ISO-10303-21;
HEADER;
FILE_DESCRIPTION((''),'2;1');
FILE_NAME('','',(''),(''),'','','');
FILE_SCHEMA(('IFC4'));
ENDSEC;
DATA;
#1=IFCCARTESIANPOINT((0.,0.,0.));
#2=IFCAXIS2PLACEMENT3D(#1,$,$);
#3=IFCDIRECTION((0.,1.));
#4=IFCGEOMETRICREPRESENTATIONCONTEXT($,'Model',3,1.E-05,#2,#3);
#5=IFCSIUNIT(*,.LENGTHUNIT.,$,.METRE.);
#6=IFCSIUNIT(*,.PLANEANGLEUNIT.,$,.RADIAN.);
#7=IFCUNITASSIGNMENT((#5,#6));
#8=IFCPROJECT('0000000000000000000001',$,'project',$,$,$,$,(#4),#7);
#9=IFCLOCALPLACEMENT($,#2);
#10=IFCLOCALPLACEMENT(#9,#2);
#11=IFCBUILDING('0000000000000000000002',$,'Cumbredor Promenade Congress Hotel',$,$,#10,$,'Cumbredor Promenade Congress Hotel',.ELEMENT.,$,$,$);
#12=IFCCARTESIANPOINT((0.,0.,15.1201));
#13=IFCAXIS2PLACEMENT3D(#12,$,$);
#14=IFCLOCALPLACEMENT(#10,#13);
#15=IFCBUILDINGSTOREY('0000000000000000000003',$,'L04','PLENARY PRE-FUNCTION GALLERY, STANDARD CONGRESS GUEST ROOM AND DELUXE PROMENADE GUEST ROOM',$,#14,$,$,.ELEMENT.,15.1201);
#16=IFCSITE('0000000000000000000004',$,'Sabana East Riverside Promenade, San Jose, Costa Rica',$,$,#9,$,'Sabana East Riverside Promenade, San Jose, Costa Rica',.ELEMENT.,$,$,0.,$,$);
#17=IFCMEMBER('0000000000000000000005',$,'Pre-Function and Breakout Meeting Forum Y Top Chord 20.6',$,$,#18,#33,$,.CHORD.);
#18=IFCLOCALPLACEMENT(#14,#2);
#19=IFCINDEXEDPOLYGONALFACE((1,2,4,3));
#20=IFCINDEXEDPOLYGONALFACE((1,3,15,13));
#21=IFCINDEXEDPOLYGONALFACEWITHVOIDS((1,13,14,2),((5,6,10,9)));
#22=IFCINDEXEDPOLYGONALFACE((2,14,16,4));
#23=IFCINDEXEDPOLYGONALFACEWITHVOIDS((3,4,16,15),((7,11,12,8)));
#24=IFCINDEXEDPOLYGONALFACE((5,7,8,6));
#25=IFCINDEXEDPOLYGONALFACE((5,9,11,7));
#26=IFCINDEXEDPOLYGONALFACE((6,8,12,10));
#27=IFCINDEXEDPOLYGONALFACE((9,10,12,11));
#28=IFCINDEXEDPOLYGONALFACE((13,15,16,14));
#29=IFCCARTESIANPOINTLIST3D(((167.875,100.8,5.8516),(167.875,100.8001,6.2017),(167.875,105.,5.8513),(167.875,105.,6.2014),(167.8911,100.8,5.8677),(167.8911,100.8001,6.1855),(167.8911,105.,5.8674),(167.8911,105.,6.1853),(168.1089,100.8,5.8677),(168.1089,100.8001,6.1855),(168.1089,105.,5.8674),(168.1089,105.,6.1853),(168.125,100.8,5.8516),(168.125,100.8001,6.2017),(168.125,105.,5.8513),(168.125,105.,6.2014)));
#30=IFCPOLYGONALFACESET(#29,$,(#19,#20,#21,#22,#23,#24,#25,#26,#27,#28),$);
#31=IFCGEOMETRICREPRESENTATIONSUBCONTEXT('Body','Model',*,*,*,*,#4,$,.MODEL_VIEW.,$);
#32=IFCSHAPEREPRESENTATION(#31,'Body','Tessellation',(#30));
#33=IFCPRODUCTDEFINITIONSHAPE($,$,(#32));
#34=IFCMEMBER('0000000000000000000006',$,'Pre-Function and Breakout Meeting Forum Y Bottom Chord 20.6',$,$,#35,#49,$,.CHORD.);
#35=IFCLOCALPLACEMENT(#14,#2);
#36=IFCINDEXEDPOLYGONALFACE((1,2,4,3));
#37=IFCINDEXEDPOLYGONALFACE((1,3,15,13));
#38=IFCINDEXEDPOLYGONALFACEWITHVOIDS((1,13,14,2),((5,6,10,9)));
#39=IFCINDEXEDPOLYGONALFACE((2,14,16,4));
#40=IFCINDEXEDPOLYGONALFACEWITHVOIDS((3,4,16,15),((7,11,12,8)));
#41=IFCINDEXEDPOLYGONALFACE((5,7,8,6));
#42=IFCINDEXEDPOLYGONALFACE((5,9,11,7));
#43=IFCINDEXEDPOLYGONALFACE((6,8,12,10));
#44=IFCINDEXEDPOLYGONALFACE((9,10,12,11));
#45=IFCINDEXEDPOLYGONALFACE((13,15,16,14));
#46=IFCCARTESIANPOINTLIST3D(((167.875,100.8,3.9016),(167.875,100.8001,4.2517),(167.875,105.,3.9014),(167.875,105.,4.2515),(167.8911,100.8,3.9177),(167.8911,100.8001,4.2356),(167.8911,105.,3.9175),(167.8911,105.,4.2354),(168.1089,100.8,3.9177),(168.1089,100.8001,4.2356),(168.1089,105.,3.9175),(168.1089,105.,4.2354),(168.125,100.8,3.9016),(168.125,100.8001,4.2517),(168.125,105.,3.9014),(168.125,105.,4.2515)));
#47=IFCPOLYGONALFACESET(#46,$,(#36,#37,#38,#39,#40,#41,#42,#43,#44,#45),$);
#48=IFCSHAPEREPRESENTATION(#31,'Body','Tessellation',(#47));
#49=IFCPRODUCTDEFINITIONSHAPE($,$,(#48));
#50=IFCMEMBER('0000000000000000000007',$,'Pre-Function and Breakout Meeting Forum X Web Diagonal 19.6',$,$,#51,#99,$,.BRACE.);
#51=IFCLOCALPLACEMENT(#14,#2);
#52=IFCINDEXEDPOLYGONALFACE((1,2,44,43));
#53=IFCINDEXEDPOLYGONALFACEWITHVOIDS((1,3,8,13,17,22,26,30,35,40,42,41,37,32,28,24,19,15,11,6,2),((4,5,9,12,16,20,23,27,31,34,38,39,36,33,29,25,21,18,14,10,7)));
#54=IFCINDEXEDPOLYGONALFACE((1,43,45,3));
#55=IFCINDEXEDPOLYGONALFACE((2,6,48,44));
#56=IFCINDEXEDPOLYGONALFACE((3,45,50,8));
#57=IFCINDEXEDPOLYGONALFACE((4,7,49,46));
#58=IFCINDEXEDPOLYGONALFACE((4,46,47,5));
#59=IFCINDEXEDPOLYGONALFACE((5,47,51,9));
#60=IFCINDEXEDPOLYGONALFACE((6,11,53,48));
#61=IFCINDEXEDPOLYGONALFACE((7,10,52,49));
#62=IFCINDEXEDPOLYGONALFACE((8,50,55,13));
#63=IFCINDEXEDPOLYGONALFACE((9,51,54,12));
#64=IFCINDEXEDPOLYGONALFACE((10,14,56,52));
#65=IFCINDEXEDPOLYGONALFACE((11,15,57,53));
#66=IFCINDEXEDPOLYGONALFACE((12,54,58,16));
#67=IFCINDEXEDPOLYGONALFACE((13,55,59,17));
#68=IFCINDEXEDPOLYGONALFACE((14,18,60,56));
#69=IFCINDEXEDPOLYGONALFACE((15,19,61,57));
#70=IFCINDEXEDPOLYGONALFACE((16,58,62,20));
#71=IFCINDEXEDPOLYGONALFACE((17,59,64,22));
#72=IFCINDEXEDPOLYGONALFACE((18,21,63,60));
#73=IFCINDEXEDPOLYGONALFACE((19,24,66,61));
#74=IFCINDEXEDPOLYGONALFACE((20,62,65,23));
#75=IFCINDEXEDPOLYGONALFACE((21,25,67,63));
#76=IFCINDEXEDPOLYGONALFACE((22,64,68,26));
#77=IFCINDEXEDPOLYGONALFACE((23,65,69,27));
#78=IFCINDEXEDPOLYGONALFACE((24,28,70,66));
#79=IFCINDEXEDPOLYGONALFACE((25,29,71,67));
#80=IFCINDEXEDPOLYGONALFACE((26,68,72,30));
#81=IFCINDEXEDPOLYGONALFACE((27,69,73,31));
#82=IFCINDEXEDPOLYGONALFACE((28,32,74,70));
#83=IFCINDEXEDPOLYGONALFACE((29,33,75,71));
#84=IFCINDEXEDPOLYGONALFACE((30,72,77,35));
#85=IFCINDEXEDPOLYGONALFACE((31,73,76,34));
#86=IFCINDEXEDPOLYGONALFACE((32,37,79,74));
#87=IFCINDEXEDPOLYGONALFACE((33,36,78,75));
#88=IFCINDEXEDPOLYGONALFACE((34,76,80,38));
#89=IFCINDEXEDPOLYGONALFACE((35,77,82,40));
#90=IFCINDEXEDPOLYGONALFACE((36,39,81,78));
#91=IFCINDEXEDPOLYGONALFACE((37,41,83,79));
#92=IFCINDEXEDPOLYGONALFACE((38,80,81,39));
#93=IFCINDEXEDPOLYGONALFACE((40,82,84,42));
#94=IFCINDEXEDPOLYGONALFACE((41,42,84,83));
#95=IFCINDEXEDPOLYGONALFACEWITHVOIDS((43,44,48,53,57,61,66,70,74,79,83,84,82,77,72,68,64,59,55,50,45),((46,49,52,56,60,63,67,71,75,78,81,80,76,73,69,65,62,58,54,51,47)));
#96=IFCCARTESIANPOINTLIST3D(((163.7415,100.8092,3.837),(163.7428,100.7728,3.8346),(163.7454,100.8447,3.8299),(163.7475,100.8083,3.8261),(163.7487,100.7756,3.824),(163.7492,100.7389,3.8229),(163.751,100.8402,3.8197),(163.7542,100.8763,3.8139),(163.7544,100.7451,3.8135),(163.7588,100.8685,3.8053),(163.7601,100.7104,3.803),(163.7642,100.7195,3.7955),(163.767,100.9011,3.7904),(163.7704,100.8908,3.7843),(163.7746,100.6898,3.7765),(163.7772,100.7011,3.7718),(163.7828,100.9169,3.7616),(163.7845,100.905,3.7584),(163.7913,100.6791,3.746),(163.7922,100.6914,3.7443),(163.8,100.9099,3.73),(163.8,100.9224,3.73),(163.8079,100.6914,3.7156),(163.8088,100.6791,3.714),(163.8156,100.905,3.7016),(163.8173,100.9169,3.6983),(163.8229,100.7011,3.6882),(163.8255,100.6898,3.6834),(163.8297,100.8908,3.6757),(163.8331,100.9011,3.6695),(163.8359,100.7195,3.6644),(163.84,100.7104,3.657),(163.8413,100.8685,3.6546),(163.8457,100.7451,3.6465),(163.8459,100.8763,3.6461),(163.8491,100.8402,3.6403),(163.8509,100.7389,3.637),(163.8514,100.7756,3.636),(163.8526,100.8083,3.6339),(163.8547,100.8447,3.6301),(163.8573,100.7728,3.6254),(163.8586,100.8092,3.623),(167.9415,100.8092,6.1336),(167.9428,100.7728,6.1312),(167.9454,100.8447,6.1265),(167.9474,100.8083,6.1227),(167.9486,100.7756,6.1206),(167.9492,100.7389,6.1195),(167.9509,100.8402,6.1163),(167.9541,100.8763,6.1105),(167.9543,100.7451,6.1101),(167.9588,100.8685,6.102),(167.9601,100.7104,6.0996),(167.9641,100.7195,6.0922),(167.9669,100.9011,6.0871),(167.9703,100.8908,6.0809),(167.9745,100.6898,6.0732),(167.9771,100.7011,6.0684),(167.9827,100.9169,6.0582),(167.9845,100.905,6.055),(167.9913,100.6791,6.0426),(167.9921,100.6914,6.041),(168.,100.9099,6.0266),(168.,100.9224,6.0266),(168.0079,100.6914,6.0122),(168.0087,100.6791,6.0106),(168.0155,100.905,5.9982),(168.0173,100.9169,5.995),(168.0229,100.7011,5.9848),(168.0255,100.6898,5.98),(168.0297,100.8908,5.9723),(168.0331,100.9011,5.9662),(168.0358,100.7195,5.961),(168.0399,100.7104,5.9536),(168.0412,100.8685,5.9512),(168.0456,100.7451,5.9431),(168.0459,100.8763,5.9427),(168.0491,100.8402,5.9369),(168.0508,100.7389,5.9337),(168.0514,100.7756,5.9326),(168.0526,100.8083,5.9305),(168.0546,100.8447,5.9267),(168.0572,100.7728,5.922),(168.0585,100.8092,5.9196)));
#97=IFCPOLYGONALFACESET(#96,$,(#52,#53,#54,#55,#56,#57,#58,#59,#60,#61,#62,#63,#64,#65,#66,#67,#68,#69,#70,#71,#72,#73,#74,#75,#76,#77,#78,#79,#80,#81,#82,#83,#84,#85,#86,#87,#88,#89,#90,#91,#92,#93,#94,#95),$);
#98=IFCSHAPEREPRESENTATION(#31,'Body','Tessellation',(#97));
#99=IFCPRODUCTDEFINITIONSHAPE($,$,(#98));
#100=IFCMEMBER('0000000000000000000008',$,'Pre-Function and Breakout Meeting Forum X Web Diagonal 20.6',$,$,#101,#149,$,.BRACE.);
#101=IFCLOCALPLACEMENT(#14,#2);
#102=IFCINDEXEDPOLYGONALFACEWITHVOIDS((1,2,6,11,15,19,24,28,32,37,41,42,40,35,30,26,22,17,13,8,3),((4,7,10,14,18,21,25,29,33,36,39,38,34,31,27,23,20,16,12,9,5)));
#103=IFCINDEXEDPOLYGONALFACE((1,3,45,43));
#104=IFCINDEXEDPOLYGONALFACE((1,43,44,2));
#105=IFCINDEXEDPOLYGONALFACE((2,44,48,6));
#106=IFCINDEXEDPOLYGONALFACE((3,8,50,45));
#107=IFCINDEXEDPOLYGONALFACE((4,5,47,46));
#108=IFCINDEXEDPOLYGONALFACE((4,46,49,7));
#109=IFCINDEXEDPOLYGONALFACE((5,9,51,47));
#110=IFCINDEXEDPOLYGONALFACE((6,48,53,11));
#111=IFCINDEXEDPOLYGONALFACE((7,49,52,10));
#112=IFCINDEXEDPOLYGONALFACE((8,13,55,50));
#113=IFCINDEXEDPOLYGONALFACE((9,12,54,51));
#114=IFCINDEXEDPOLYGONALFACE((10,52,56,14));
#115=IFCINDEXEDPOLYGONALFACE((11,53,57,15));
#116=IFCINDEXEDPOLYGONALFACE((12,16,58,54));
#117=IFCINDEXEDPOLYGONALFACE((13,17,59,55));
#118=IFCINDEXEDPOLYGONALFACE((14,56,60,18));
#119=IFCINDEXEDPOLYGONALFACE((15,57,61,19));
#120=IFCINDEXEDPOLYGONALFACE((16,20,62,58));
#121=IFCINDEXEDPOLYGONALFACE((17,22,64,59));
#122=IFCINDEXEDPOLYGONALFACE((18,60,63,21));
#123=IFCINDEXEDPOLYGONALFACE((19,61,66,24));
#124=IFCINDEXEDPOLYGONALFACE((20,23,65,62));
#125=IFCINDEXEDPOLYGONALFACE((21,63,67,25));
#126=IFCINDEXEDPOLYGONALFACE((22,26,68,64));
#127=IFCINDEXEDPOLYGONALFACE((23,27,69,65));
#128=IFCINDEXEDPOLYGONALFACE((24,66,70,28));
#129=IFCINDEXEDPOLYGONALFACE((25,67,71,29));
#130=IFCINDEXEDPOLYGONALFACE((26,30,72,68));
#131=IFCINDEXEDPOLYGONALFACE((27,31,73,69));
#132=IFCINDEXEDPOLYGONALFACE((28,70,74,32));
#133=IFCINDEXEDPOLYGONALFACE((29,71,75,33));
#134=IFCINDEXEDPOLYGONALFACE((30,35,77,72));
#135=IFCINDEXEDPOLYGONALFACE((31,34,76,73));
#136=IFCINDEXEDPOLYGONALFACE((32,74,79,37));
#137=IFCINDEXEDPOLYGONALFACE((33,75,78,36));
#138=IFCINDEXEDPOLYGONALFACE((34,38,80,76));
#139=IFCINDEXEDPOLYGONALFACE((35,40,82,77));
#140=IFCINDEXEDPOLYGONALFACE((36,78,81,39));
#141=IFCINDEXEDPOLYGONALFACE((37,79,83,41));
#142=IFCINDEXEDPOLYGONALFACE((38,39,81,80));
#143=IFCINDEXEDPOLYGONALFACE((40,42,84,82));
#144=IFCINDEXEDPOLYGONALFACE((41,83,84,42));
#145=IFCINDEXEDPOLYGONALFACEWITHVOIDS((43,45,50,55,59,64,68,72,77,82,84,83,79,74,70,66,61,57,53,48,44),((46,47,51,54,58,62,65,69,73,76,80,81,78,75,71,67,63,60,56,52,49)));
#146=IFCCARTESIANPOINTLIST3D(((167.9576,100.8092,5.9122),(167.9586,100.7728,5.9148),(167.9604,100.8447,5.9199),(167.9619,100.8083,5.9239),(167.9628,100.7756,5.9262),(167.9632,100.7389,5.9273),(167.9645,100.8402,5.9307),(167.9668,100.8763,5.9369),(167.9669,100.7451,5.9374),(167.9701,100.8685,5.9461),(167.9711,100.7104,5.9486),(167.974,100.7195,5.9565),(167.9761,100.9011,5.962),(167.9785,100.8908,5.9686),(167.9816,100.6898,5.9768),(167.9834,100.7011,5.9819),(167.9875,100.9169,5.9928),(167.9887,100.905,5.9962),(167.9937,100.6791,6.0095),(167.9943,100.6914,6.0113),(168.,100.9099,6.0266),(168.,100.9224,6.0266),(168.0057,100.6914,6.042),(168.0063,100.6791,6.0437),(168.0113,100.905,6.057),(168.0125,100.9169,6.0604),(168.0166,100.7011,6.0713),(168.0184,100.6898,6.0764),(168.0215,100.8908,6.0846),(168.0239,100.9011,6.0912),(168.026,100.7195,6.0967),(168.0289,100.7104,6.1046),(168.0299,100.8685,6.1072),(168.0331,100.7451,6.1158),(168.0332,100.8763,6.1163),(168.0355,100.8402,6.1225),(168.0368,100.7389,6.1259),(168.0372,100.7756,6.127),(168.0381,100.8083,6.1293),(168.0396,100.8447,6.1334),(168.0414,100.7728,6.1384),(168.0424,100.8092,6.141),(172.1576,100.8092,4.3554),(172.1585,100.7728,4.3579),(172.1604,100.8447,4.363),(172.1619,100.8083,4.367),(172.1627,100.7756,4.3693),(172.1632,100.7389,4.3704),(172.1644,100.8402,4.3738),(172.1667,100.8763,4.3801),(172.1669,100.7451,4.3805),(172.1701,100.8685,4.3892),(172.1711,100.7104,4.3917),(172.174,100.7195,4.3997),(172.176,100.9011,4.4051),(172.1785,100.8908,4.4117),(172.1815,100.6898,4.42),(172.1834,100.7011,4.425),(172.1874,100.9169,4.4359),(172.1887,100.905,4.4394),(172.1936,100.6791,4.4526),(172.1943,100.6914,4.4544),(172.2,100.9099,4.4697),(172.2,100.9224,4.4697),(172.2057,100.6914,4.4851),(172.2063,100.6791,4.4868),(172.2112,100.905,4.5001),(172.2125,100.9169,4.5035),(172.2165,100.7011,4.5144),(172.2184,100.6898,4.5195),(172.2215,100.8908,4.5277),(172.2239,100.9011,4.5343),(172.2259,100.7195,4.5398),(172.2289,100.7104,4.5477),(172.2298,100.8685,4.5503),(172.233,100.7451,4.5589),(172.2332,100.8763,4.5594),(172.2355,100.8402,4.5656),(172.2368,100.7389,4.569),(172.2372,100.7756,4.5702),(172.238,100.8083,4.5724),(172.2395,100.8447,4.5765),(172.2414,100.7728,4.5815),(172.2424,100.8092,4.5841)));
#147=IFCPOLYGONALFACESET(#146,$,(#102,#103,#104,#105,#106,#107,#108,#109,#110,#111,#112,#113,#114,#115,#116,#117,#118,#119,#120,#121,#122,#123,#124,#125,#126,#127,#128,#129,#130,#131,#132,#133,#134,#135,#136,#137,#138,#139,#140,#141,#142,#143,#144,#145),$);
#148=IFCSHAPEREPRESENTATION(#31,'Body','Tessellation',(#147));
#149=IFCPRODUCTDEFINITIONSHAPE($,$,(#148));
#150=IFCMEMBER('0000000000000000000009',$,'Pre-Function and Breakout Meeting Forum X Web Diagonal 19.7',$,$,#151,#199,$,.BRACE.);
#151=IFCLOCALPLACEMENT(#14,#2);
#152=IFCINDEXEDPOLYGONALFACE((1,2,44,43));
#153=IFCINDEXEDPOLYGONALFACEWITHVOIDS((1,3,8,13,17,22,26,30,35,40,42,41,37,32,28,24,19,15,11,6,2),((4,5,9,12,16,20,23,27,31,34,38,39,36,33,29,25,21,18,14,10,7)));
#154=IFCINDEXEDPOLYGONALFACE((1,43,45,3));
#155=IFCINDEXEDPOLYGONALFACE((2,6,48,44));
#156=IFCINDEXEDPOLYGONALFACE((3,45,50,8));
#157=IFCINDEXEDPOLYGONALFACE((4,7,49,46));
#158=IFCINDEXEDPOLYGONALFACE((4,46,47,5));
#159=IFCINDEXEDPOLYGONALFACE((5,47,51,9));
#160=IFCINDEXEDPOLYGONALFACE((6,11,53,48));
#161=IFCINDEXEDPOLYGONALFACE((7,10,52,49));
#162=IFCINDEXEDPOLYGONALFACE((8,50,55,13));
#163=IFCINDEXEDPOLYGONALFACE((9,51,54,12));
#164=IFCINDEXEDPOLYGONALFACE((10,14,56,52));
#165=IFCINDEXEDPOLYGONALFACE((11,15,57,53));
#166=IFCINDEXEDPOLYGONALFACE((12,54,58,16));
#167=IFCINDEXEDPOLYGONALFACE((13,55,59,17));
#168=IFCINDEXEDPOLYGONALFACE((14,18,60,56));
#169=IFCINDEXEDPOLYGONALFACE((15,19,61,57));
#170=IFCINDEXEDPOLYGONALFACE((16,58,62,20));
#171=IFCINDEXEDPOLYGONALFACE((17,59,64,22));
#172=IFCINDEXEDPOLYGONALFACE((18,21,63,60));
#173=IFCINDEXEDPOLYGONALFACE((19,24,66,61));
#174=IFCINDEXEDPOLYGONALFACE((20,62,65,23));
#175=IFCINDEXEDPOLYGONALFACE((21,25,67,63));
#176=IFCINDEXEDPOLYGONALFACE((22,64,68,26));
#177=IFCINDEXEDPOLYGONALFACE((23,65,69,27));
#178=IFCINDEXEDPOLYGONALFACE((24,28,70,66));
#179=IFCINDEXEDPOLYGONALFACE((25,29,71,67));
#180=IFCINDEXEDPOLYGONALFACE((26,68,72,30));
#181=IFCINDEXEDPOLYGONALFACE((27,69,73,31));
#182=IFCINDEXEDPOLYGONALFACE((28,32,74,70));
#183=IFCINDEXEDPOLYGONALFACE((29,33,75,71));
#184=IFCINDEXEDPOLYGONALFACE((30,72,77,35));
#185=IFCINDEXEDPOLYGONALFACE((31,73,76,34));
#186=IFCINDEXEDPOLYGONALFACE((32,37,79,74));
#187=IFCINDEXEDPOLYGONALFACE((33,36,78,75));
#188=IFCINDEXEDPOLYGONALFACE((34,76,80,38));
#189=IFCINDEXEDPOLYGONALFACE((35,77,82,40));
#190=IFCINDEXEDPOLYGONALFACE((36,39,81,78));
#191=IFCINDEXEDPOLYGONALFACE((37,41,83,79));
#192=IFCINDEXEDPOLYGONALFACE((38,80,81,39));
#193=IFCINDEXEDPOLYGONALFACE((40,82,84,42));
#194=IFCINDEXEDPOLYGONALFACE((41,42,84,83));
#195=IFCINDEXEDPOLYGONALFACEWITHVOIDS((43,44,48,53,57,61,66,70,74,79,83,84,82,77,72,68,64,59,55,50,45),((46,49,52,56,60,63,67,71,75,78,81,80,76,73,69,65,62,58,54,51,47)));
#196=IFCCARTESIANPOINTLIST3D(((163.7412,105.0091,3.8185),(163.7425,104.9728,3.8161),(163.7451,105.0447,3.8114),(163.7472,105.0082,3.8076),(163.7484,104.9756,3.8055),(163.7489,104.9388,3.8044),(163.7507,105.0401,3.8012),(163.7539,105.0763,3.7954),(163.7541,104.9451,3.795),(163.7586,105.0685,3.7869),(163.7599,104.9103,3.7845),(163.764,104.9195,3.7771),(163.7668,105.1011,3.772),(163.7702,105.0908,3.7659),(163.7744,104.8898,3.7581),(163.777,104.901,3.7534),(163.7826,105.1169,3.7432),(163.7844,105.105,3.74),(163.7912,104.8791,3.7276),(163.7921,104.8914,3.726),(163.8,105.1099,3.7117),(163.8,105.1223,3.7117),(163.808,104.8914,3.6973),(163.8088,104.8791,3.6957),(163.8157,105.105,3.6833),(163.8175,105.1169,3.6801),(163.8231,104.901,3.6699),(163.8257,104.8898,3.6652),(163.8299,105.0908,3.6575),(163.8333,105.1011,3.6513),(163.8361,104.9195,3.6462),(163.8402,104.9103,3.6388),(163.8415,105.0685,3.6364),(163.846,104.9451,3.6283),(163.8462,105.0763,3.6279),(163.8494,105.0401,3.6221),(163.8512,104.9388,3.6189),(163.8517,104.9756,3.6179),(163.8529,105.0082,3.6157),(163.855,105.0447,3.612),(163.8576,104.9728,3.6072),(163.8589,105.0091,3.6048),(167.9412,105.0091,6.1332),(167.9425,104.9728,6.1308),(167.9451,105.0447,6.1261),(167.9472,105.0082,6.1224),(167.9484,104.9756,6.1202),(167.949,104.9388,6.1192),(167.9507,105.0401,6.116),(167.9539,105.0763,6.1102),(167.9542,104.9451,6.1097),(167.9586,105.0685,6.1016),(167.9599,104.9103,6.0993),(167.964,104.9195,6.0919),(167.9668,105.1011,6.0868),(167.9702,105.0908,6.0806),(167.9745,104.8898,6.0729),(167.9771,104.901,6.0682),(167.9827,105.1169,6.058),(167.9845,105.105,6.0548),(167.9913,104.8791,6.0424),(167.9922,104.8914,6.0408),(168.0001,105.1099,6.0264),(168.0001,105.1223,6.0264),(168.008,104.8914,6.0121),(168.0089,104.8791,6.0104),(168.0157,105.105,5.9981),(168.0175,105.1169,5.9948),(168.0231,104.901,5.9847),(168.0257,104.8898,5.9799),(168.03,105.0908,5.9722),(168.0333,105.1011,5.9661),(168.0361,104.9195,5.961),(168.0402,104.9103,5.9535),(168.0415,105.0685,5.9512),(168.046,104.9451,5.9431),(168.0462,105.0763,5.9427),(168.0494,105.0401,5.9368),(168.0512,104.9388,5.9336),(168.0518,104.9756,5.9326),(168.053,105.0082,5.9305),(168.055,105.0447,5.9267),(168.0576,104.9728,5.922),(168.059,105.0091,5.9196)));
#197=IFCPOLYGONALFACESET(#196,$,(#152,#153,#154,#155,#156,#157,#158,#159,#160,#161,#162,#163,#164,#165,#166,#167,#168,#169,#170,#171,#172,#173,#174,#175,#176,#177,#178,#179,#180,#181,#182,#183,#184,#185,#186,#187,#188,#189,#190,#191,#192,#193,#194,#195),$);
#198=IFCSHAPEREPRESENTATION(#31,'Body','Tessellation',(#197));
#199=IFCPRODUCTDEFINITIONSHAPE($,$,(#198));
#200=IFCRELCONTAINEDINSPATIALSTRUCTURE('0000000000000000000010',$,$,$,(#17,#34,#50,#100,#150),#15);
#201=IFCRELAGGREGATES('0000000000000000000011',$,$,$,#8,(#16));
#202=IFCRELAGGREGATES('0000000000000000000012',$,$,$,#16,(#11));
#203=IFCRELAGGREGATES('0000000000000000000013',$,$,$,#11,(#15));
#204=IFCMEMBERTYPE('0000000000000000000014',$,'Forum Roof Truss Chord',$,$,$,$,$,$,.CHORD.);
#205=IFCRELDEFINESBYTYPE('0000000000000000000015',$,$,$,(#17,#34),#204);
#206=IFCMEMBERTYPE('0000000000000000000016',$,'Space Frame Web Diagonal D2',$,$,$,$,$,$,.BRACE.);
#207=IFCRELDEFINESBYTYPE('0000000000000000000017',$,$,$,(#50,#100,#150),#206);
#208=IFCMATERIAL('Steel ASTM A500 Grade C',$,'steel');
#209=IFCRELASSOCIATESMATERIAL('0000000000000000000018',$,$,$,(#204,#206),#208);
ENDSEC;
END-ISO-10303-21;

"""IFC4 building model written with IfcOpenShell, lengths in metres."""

from ifc_helpers import new_model, si_unit, direction, frame, origin, origin_2d, place, context, subcontext, project, spatial, hollow_rectangle, hollow_circle, extrude, material, material_profile, profile_set, type_object, element, save


model = new_model("IFC4")

# Units and contexts
model_context = context("Model", 3, precision=1e-05, world=origin(), true_north=direction((0.0, 1.0)))
body_context = subcontext(model_context, "Body", "Model", "MODEL_VIEW")
ifc_project = project(units=[si_unit("LENGTHUNIT", "METRE"), si_unit("PLANEANGLEUNIT", "RADIAN")], contexts=[model_context])

# Site, building, storey
site_placement = place(None, origin())
site = spatial("IfcSite", under=ifc_project, at=site_placement, Name="Sabana East Riverside Promenade, San Jose, Costa Rica", LongName="Sabana East Riverside Promenade, San Jose, Costa Rica", CompositionType="ELEMENT", RefElevation=0.0)
building_placement = place(site_placement, origin())
building = spatial("IfcBuilding", under=site, at=building_placement, Name="Cumbredor Promenade Congress Hotel", LongName="Cumbredor Promenade Congress Hotel", CompositionType="ELEMENT")
storey_placement = place(building_placement, frame((0.0, 0.0, 15.1201)))
storey = spatial("IfcBuildingStorey", under=building, at=storey_placement, Name="L04", Description="PLENARY PRE-FUNCTION GALLERY, STANDARD CONGRESS GUEST ROOM AND DELUXE PROMENADE GUEST ROOM", CompositionType="ELEMENT", Elevation=15.1201)

# Members
ifc_material_1 = material(Name="Steel ASTM A500 Grade C", Category="steel")
ifc_material_profile_1 = material_profile(ifc_material_1, hollow_rectangle(XDim=0.25, YDim=0.3501, WallThickness=0.0161, at=origin_2d()), Name="HSS 350x250x16")
ifc_profile_set_1 = profile_set([ifc_material_profile_1], Name="Steel ASTM A500 Grade C")
member_type_1 = type_object("IfcMemberType", Name="Forum Roof Truss Chord", PredefinedType="CHORD", material=ifc_profile_set_1)
for number, where, z_axis, x_axis, name in (
    (1, (168.0, 100.8, 6.0266), (0.0, 1.0, -0.000058), (-1.0, 0.0, 0.0), "Pre-Function and Breakout Meeting Forum Y Top Chord 20.6"),
    (2, (168.0, 100.8, 4.0767), (0.0, 1.0, -0.000058), (-1.0, 0.0, 0.0), "Pre-Function and Breakout Meeting Forum Y Bottom Chord 20.6"),
):
    element("IfcMember", number, at=place(storey_placement, frame(where, z_axis=z_axis, x_axis=x_axis)), inside=storey, type_object=member_type_1, Name=name, PredefinedType="CHORD", context=body_context, shape_type="SweptSolid", body=[
        extrude(hollow_rectangle(XDim=0.25, YDim=0.3501, WallThickness=0.0161, at=origin_2d()), origin(), (0.0, 0.0, 1.0), 4.2),
    ])
ifc_material_profile_2 = material_profile(ifc_material_1, hollow_circle(Radius=0.1223, WallThickness=0.0125, at=origin_2d()), Name="CHS 244.5x12.5")
ifc_profile_set_2 = profile_set([ifc_material_profile_2], Name="Steel ASTM A500 Grade C")
member_type_2 = type_object("IfcMemberType", Name="Space Frame Web Diagonal D2", PredefinedType="BRACE", material=ifc_profile_set_2)
member_1_placement = place(storey_placement, frame((163.8, 100.8, 3.73), z_axis=(0.87739, 0.0, 0.479777), x_axis=(0.0, 1.0, 0.0)))
element("IfcMember", 3, at=member_1_placement, inside=storey, type_object=member_type_2, Name="Pre-Function and Breakout Meeting Forum X Web Diagonal 19.6", PredefinedType="BRACE", context=body_context, shape_type="SweptSolid", body=[
    extrude(hollow_circle(Radius=0.1223, WallThickness=0.0125, at=origin_2d()), origin(), (0.0, 0.0, 1.0), 4.7869),
])
member_2_placement = place(storey_placement, frame((168.0, 100.8, 6.0266), z_axis=(0.937651, 0.0, -0.347579), x_axis=(0.0, 1.0, 0.0)))
element("IfcMember", 4, at=member_2_placement, inside=storey, type_object=member_type_2, Name="Pre-Function and Breakout Meeting Forum X Web Diagonal 20.6", PredefinedType="BRACE", context=body_context, shape_type="SweptSolid", body=[
    extrude(hollow_circle(Radius=0.1223, WallThickness=0.0125, at=origin_2d()), origin(), (0.0, 0.0, 1.0), 4.4792),
])
member_3_placement = place(storey_placement, frame((163.8, 105.0, 3.7117), z_axis=(0.8758, 0.0, 0.482675), x_axis=(0.0, 1.0, 0.0)))
element("IfcMember", 5, at=member_3_placement, inside=storey, type_object=member_type_2, Name="Pre-Function and Breakout Meeting Forum X Web Diagonal 19.7", PredefinedType="BRACE", context=body_context, shape_type="SweptSolid", body=[
    extrude(hollow_circle(Radius=0.1223, WallThickness=0.0125, at=origin_2d()), origin(), (0.0, 0.0, 1.0), 4.7957),
])

save(model, "model.ifc")
